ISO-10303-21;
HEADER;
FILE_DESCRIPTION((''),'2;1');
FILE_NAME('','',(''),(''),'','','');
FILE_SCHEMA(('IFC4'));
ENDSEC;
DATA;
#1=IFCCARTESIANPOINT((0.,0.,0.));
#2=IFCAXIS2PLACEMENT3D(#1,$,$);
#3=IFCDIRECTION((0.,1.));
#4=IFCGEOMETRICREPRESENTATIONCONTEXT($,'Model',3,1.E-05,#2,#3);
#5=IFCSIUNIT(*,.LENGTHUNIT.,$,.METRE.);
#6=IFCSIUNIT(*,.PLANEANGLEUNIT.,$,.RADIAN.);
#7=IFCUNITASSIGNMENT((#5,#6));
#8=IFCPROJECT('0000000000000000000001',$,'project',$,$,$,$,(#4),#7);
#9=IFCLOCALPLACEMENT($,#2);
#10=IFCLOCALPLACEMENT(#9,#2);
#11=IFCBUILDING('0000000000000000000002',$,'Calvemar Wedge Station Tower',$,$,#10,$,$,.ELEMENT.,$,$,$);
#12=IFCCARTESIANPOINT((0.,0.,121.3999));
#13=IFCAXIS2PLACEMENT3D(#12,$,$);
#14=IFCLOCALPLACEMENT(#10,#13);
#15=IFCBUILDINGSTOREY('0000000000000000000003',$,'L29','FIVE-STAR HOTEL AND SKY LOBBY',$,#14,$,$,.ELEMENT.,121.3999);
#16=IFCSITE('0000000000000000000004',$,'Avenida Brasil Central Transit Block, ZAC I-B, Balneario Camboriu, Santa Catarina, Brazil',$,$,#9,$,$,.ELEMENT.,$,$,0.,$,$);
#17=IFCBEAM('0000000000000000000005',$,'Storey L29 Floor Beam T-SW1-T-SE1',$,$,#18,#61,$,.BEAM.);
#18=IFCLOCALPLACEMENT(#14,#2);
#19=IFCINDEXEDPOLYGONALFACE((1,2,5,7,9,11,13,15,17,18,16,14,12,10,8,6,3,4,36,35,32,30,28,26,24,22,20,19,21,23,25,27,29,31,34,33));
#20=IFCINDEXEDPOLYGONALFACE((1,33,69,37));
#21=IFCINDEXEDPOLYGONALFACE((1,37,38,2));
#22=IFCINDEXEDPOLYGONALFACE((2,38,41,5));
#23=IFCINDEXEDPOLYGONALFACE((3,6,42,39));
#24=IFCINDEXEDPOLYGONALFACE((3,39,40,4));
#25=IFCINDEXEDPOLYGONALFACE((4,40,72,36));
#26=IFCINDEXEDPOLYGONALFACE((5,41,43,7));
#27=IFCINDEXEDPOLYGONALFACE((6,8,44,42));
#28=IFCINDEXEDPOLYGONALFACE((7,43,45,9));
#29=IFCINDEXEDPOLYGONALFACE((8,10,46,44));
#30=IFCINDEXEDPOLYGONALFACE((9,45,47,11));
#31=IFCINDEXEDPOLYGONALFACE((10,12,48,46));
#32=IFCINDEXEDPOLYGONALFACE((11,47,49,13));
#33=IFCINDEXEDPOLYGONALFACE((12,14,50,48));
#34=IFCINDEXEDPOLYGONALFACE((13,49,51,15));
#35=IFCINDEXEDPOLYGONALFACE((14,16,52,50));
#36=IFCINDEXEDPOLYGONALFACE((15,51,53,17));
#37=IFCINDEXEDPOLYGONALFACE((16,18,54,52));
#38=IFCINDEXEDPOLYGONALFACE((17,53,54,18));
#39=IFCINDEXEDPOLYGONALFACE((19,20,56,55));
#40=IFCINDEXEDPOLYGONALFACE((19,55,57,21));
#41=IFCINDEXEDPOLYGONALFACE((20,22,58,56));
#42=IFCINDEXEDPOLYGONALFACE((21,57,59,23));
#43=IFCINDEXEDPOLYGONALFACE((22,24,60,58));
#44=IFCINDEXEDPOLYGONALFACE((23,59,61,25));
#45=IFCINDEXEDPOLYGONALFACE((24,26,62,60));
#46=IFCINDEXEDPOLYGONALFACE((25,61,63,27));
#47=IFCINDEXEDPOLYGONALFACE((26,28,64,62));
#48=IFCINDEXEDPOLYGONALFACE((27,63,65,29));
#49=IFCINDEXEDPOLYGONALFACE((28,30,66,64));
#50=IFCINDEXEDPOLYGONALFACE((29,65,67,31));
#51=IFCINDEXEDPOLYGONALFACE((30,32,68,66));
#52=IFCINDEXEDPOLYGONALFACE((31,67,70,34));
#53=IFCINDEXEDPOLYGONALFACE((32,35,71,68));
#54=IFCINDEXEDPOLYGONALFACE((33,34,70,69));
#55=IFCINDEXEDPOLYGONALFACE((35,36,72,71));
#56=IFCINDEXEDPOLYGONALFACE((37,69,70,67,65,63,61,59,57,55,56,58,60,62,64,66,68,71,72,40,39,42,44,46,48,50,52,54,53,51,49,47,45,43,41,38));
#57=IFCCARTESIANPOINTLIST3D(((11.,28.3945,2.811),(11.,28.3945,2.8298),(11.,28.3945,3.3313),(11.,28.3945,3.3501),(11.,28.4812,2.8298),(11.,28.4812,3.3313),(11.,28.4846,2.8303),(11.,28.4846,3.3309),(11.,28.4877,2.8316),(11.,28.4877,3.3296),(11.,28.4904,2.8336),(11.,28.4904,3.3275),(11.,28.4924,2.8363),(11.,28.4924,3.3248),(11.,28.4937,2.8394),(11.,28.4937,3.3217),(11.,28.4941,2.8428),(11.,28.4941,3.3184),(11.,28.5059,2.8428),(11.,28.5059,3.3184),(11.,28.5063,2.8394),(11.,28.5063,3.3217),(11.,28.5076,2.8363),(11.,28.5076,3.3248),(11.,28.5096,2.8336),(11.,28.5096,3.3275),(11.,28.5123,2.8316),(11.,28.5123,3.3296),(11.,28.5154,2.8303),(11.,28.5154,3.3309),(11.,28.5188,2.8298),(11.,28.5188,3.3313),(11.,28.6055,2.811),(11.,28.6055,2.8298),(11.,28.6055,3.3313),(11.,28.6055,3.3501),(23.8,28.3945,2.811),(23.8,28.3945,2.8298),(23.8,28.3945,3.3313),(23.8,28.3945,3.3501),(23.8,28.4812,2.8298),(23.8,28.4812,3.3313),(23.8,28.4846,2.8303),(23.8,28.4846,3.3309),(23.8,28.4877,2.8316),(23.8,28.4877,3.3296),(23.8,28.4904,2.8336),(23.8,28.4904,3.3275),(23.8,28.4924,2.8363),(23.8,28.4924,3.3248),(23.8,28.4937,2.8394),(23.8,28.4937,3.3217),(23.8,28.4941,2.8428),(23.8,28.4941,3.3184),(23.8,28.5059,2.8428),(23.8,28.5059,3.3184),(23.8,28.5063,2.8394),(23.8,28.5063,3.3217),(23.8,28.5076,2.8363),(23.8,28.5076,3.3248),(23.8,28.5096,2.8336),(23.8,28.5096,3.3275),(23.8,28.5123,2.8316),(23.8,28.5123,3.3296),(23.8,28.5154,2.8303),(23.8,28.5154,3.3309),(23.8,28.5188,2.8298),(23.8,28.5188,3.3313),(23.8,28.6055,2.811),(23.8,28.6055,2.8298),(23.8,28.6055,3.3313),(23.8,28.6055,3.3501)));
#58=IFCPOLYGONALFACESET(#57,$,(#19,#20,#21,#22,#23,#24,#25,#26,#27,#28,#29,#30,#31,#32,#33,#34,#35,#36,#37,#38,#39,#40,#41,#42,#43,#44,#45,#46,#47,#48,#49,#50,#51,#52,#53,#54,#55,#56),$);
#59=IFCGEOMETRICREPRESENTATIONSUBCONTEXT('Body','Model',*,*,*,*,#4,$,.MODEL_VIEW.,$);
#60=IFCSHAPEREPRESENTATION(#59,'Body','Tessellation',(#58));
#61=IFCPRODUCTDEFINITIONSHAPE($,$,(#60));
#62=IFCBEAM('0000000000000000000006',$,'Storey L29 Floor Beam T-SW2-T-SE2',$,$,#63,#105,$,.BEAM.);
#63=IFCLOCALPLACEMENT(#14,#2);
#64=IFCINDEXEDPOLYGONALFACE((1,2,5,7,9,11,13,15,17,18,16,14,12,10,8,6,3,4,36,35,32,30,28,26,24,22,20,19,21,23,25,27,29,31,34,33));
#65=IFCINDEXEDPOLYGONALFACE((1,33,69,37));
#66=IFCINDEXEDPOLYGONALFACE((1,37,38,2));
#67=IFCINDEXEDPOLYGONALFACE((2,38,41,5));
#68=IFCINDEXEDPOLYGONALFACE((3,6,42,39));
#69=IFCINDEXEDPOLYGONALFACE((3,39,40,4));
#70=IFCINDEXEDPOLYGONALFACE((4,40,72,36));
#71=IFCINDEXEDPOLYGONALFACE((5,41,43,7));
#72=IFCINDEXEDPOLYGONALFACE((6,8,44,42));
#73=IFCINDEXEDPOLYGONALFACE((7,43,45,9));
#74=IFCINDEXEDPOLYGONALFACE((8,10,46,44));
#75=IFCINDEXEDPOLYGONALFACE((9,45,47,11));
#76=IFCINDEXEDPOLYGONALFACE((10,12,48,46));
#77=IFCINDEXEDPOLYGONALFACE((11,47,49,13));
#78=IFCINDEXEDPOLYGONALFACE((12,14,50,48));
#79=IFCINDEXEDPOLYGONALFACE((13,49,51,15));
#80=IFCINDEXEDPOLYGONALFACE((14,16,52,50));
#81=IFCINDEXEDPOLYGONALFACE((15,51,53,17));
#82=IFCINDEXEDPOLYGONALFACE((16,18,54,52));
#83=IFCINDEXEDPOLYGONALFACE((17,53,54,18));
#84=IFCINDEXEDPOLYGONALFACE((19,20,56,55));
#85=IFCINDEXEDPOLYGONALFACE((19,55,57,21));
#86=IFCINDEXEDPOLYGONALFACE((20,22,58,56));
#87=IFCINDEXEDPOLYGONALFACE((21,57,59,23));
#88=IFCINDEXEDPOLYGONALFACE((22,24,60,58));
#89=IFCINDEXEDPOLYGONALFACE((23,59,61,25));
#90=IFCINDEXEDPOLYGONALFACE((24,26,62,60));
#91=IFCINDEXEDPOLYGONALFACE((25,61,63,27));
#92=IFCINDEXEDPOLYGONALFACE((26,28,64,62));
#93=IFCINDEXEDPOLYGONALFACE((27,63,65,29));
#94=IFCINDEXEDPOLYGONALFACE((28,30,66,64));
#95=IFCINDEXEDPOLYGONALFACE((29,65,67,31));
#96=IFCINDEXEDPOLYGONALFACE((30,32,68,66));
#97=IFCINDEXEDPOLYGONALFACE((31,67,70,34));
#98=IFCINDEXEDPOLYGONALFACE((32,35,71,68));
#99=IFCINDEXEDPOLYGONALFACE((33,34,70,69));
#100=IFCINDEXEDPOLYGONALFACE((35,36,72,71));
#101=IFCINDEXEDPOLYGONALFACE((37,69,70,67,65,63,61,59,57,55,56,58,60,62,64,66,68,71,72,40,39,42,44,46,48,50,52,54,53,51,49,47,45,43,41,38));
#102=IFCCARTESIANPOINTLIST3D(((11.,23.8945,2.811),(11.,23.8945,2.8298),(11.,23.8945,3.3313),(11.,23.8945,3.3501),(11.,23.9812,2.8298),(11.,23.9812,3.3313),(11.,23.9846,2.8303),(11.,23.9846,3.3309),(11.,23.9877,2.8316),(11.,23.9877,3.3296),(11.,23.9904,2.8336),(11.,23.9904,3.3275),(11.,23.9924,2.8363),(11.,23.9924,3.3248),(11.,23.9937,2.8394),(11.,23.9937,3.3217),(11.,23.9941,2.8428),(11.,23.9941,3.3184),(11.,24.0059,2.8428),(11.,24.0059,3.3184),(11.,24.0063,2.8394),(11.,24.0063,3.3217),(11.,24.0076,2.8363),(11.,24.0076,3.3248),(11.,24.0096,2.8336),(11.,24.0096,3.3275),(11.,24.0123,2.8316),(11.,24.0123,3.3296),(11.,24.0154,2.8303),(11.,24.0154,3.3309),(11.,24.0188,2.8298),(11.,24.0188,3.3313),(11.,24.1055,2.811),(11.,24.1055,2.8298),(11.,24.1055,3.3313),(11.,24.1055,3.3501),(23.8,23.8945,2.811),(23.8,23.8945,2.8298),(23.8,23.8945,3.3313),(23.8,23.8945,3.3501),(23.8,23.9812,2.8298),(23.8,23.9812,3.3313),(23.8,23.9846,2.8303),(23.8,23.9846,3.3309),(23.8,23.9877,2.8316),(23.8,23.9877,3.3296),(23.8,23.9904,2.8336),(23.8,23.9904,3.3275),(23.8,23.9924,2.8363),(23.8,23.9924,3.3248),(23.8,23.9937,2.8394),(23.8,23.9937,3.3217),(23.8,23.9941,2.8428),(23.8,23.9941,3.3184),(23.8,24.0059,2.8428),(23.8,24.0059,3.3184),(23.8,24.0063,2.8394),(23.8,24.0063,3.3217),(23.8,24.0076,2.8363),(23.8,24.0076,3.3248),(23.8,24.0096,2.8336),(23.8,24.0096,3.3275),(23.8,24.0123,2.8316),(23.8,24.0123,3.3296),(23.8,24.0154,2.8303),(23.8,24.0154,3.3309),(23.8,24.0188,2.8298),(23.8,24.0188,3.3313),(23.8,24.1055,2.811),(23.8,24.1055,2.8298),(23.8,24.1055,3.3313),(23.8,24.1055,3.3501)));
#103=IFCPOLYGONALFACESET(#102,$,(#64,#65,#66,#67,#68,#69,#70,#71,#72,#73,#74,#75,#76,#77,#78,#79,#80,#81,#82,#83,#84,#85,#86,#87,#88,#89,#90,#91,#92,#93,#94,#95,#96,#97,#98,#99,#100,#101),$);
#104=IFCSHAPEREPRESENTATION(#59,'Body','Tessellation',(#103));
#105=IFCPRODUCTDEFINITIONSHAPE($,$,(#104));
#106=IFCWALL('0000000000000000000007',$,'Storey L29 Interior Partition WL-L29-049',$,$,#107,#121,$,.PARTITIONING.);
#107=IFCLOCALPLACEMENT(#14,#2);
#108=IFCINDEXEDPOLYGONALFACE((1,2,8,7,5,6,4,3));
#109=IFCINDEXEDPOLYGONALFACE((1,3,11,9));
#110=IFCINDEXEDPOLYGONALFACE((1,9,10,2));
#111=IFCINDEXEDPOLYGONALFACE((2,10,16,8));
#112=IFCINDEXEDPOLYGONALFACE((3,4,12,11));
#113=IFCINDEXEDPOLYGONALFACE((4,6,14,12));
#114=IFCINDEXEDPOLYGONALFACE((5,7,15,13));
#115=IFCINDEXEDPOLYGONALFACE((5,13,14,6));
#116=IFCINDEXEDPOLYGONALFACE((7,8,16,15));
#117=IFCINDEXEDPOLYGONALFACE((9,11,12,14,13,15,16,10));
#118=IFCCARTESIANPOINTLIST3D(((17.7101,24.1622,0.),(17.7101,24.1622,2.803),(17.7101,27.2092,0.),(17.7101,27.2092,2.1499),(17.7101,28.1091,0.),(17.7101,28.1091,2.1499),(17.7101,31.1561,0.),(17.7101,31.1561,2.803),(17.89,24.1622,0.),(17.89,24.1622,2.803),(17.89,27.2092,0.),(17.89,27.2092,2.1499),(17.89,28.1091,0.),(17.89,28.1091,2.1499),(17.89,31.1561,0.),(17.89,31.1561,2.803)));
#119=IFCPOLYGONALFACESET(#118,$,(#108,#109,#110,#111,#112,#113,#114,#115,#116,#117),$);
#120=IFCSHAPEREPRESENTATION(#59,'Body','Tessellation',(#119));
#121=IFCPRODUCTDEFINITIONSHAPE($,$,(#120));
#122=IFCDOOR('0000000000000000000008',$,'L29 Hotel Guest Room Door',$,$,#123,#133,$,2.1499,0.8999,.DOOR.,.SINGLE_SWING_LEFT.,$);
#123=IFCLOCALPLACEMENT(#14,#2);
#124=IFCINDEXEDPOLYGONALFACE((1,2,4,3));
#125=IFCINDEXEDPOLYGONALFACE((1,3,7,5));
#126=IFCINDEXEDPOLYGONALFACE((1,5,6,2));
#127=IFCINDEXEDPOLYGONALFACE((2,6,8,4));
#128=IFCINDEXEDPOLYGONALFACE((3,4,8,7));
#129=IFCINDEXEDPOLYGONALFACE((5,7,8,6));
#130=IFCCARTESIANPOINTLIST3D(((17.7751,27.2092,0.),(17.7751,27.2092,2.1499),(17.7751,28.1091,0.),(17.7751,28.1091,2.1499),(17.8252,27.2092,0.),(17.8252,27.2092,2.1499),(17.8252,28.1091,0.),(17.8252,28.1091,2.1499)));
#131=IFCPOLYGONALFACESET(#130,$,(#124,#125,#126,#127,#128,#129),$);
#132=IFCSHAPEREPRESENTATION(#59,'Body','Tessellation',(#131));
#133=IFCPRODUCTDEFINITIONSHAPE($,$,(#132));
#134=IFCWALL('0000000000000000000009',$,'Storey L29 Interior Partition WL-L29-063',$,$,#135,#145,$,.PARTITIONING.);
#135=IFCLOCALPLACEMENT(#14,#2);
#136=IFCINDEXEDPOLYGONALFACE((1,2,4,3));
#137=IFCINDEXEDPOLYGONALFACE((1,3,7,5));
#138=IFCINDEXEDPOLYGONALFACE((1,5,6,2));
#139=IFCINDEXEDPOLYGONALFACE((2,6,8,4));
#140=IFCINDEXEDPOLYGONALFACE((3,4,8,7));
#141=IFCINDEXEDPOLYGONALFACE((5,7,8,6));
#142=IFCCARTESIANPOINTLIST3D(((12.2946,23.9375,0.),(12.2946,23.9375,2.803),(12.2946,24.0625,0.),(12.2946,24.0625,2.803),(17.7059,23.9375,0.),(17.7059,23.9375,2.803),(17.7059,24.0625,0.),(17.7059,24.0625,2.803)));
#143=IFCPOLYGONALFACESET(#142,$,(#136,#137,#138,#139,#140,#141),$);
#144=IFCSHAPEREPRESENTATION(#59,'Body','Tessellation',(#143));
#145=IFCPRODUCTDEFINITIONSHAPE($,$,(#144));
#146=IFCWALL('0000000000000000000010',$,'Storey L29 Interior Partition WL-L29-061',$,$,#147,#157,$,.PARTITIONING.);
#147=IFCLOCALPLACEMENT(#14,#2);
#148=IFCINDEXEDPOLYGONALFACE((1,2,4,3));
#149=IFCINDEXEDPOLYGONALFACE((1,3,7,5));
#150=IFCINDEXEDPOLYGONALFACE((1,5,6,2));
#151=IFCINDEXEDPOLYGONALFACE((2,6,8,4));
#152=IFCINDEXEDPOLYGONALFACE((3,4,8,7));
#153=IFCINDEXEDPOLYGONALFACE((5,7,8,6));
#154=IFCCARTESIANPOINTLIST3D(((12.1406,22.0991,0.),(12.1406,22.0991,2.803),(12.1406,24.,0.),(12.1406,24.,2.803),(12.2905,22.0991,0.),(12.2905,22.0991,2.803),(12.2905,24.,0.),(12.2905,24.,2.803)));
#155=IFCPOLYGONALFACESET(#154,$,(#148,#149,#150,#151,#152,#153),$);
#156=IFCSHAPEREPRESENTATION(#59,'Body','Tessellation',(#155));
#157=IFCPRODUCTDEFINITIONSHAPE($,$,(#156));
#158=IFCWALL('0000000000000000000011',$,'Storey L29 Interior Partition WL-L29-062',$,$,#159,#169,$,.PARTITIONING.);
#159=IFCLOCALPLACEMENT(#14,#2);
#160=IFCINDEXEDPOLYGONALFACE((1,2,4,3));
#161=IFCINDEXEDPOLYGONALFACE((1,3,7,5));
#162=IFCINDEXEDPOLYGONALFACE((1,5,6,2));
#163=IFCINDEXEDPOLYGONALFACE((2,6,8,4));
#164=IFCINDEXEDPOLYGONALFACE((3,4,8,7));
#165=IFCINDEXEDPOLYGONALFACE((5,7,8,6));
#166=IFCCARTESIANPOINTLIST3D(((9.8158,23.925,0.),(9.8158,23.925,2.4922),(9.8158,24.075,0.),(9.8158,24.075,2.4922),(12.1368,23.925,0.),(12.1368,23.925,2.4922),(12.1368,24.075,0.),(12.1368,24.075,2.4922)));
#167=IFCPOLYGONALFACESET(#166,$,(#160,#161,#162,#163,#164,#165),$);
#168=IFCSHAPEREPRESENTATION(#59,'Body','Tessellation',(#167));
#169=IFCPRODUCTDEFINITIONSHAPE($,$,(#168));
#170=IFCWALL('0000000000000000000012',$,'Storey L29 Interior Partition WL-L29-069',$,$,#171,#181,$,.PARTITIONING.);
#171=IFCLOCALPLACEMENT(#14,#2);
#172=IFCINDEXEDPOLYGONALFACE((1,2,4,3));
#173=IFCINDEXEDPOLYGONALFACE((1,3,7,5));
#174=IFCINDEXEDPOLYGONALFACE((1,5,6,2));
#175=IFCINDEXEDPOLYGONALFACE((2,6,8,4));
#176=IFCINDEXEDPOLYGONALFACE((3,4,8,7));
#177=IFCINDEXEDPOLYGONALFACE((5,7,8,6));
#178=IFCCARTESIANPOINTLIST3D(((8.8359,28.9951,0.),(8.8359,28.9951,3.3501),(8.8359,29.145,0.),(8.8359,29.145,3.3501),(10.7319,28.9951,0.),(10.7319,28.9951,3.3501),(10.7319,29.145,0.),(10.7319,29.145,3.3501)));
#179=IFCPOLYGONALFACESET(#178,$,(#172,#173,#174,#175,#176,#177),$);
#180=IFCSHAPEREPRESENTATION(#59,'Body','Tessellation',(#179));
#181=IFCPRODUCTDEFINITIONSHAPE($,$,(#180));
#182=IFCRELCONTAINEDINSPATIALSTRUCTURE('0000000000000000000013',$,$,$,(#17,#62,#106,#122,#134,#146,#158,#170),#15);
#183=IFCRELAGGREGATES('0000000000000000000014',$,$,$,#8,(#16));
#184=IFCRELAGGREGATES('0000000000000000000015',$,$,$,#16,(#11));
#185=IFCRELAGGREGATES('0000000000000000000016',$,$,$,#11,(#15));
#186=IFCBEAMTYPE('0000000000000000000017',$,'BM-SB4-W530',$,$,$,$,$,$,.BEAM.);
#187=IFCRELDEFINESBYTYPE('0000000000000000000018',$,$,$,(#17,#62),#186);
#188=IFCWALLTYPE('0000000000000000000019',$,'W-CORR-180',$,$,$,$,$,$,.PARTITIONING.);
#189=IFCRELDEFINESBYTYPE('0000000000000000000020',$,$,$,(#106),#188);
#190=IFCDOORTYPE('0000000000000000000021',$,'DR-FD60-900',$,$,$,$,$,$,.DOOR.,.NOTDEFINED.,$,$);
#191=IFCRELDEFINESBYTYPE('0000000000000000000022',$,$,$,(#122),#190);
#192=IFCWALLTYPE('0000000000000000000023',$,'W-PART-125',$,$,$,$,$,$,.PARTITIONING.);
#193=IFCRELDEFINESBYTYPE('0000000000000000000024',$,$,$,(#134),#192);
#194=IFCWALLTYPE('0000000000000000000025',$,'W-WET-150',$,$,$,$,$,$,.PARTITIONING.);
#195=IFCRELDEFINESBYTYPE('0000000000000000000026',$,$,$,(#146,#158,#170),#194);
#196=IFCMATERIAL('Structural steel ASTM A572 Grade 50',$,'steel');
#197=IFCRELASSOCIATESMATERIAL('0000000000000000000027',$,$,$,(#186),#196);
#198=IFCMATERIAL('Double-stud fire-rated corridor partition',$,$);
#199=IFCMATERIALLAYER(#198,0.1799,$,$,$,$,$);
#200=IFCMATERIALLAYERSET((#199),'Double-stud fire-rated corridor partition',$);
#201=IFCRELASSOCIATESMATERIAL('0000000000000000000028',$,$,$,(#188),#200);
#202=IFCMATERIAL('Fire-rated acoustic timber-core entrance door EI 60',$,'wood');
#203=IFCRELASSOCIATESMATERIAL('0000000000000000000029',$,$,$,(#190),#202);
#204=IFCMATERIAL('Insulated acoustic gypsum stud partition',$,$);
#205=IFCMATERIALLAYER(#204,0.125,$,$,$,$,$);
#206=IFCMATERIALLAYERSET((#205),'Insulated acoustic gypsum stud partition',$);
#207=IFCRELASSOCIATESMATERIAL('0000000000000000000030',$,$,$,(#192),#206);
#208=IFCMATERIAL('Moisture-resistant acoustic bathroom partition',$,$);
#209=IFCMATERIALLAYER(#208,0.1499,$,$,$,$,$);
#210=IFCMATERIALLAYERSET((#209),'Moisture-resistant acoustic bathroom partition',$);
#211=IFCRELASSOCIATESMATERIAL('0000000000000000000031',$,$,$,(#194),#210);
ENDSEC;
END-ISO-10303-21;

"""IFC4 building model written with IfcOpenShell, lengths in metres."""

from ifc_helpers import new_model, si_unit, direction, frame, frame_2d, origin, origin_2d, place, context, subcontext, project, spatial, rectangle, i_section, extrude, source, transform, mapped, material, layer, layer_set, material_profile, profile_set, type_object, element, fill, save


model = new_model("IFC4")

# Units and contexts
model_context = context("Model", 3, precision=1e-05, world=origin(), true_north=direction((0.0, 1.0)))
body_context = subcontext(model_context, "Body", "Model", "MODEL_VIEW")
ifc_project = project(units=[si_unit("LENGTHUNIT", "METRE"), si_unit("PLANEANGLEUNIT", "RADIAN")], contexts=[model_context])

# Site, building, storey
site_placement = place(None, origin())
site = spatial("IfcSite", under=ifc_project, at=site_placement, Name="Avenida Brasil Central Transit Block, ZAC I-B, Balneario Camboriu, Santa Catarina, Brazil", CompositionType="ELEMENT", RefElevation=0.0)
building_placement = place(site_placement, origin())
building = spatial("IfcBuilding", under=site, at=building_placement, Name="Calvemar Wedge Station Tower", CompositionType="ELEMENT")
storey_placement = place(building_placement, frame((0.0, 0.0, 121.3999)))
storey = spatial("IfcBuildingStorey", under=building, at=storey_placement, Name="L29", Description="FIVE-STAR HOTEL AND SKY LOBBY", CompositionType="ELEMENT", Elevation=121.3999)

# Beams
ifc_material_1 = material(Name="Structural steel ASTM A572 Grade 50", Category="steel")
ifc_material_profile_1 = material_profile(ifc_material_1, i_section(OverallWidth=0.2109, OverallDepth=0.5391, WebThickness=0.0117, FlangeThickness=0.0188, FilletRadius=0.0129, at=origin_2d()), Name="W530x109")
ifc_profile_set_1 = profile_set([ifc_material_profile_1], Name="Structural steel ASTM A572 Grade 50")
beam_type_1 = type_object("IfcBeamType", Name="BM-SB4-W530", PredefinedType="BEAM", material=ifc_profile_set_1)
shared_shape_1 = source(origin(), body_context, "Body", "SweptSolid", [
    extrude(i_section(OverallWidth=0.2109, OverallDepth=0.5391, WebThickness=0.0117, FlangeThickness=0.0188, FilletRadius=0.0129, at=origin_2d()), origin(), (0.0, 0.0, 1.0), 12.8),
])
for number, where, z_axis, x_axis, name in (
    (1, (11.0, 28.5, 3.0806), (1.0, 0.0, 0.0), (0.0, 1.0, 0.0), "Storey L29 Floor Beam T-SW1-T-SE1"),
    (2, (11.0, 24.0, 3.0806), (1.0, 0.0, 0.0), (0.0, 1.0, 0.0), "Storey L29 Floor Beam T-SW2-T-SE2"),
):
    element("IfcBeam", number, at=place(storey_placement, frame(where, z_axis=z_axis, x_axis=x_axis)), inside=storey, type_object=beam_type_1, Name=name, PredefinedType="BEAM", context=body_context, shape_type="MappedRepresentation", body=[
        mapped(shared_shape_1, transform((0.0, 0.0, 0.0), scale=1.0)),
    ])

# Wall, opening, door
ifc_material_2 = material(Name="Double-stud fire-rated corridor partition")
ifc_layer_1 = layer(ifc_material_2, 0.1799)
ifc_layer_set_1 = layer_set([ifc_layer_1], Name="Double-stud fire-rated corridor partition")
wall_type_1 = type_object("IfcWallType", Name="W-CORR-180", PredefinedType="PARTITIONING", material=ifc_layer_set_1)
wall_1_placement = place(storey_placement, frame((17.8, 24.1621, 0.0), z_axis=(0.0, 0.0, 1.0), x_axis=(0.0, 1.0, 0.0)))
wall_1 = element("IfcWall", 3, at=wall_1_placement, inside=storey, type_object=wall_type_1, Name="Storey L29 Interior Partition WL-L29-049", PredefinedType="PARTITIONING", context=body_context, shape_type="SweptSolid", body=[
    extrude(rectangle(XDim=6.9939, YDim=0.1799, at=frame_2d((3.4971, 0.0))), origin(), (0.0, 0.0, 1.0), 2.803),
])
shared_shape_2 = source(origin(), body_context, "Body", "SweptSolid", [
    extrude(rectangle(XDim=0.8999, YDim=2.1499, at=frame_2d((0.45, 1.075))), frame((0.0, 0.1001, 0.0), z_axis=(0.0, -1.0, 0.0), x_axis=(1.0, 0.0, 0.0)), (0.0, 0.0, 1.0), 0.2),
])
opening_1_placement = place(wall_1_placement, frame((3.0471, 0.0, 0.0)))
opening_1 = element("IfcOpeningElement", 4, at=opening_1_placement, cuts=wall_1, PredefinedType="OPENING", context=body_context, shape_type="MappedRepresentation", body=[
    mapped(shared_shape_2, transform((0.0, 0.0, 0.0), scale=1.0)),
])
ifc_material_3 = material(Name="Fire-rated acoustic timber-core entrance door EI 60", Category="wood")
door_type_1 = type_object("IfcDoorType", Name="DR-FD60-900", OperationType="NOTDEFINED", PredefinedType="DOOR", material=ifc_material_3)
shared_shape_3 = source(origin(), body_context, "Body", "SweptSolid", [
    extrude(rectangle(XDim=0.8999, YDim=2.1499, at=frame_2d((0.45, 1.075))), frame((0.0, 0.0249, 0.0), z_axis=(0.0, -1.0, 0.0), x_axis=(1.0, 0.0, 0.0)), (0.0, 0.0, 1.0), 0.05),
])
door_1_placement = place(opening_1_placement, origin())
door_1 = element("IfcDoor", 5, at=door_1_placement, inside=storey, type_object=door_type_1, Name="L29 Hotel Guest Room Door", OperationType="SINGLE_SWING_LEFT", OverallHeight=2.1499, OverallWidth=0.8999, PredefinedType="DOOR", context=body_context, shape_type="MappedRepresentation", body=[
    mapped(shared_shape_3, transform((0.0, 0.0, 0.0), scale=1.0)),
])
fill(opening_1, door_1)

# Wall
ifc_material_4 = material(Name="Insulated acoustic gypsum stud partition")
ifc_layer_2 = layer(ifc_material_4, 0.125)
ifc_layer_set_2 = layer_set([ifc_layer_2], Name="Insulated acoustic gypsum stud partition")
wall_type_2 = type_object("IfcWallType", Name="W-PART-125", PredefinedType="PARTITIONING", material=ifc_layer_set_2)
wall_2_placement = place(storey_placement, frame((12.2947, 24.0, 0.0), z_axis=(0.0, 0.0, 1.0), x_axis=(1.0, 0.0, 0.0)))
element("IfcWall", 6, at=wall_2_placement, inside=storey, type_object=wall_type_2, Name="Storey L29 Interior Partition WL-L29-063", PredefinedType="PARTITIONING", context=body_context, shape_type="SweptSolid", body=[
    extrude(rectangle(XDim=5.4114, YDim=0.125, at=frame_2d((2.7056, 0.0))), origin(), (0.0, 0.0, 1.0), 2.803),
])

# Shared definitions
ifc_material_5 = material(Name="Moisture-resistant acoustic bathroom partition")
ifc_layer_3 = layer(ifc_material_5, 0.1499)
ifc_layer_set_3 = layer_set([ifc_layer_3], Name="Moisture-resistant acoustic bathroom partition")
wall_type_3 = type_object("IfcWallType", Name="W-WET-150", PredefinedType="PARTITIONING", material=ifc_layer_set_3)

# Walls
wall_3_placement = place(storey_placement, frame((12.2156, 24.0, 0.0), z_axis=(0.0, 0.0, 1.0), x_axis=(0.0, -1.0, 0.0)))
element("IfcWall", 7, at=wall_3_placement, inside=storey, type_object=wall_type_3, Name="Storey L29 Interior Partition WL-L29-061", PredefinedType="PARTITIONING", context=body_context, shape_type="SweptSolid", body=[
    extrude(rectangle(XDim=1.9009, YDim=0.1499, at=frame_2d((0.9504, 0.0))), origin(), (0.0, 0.0, 1.0), 2.803),
])
wall_4_placement = place(storey_placement, frame((9.8157, 24.0, 0.0), z_axis=(0.0, 0.0, 1.0), x_axis=(1.0, 0.0, 0.0)))
element("IfcWall", 8, at=wall_4_placement, inside=storey, type_object=wall_type_3, Name="Storey L29 Interior Partition WL-L29-062", PredefinedType="PARTITIONING", context=body_context, shape_type="SweptSolid", body=[
    extrude(rectangle(XDim=2.321, YDim=0.1499, at=frame_2d((1.1606, 0.0))), origin(), (0.0, 0.0, 1.0), 2.4922),
])
wall_5_placement = place(storey_placement, frame((10.7319, 29.0701, 0.0), z_axis=(0.0, 0.0, 1.0), x_axis=(-1.0, 0.0, 0.0)))
element("IfcWall", 9, at=wall_5_placement, inside=storey, type_object=wall_type_3, Name="Storey L29 Interior Partition WL-L29-069", PredefinedType="PARTITIONING", context=body_context, shape_type="SweptSolid", body=[
    extrude(rectangle(XDim=1.896, YDim=0.1499, at=frame_2d((0.948, 0.0))), origin(), (0.0, 0.0, 1.0), 3.3501),
])

save(model, "model.ifc")
